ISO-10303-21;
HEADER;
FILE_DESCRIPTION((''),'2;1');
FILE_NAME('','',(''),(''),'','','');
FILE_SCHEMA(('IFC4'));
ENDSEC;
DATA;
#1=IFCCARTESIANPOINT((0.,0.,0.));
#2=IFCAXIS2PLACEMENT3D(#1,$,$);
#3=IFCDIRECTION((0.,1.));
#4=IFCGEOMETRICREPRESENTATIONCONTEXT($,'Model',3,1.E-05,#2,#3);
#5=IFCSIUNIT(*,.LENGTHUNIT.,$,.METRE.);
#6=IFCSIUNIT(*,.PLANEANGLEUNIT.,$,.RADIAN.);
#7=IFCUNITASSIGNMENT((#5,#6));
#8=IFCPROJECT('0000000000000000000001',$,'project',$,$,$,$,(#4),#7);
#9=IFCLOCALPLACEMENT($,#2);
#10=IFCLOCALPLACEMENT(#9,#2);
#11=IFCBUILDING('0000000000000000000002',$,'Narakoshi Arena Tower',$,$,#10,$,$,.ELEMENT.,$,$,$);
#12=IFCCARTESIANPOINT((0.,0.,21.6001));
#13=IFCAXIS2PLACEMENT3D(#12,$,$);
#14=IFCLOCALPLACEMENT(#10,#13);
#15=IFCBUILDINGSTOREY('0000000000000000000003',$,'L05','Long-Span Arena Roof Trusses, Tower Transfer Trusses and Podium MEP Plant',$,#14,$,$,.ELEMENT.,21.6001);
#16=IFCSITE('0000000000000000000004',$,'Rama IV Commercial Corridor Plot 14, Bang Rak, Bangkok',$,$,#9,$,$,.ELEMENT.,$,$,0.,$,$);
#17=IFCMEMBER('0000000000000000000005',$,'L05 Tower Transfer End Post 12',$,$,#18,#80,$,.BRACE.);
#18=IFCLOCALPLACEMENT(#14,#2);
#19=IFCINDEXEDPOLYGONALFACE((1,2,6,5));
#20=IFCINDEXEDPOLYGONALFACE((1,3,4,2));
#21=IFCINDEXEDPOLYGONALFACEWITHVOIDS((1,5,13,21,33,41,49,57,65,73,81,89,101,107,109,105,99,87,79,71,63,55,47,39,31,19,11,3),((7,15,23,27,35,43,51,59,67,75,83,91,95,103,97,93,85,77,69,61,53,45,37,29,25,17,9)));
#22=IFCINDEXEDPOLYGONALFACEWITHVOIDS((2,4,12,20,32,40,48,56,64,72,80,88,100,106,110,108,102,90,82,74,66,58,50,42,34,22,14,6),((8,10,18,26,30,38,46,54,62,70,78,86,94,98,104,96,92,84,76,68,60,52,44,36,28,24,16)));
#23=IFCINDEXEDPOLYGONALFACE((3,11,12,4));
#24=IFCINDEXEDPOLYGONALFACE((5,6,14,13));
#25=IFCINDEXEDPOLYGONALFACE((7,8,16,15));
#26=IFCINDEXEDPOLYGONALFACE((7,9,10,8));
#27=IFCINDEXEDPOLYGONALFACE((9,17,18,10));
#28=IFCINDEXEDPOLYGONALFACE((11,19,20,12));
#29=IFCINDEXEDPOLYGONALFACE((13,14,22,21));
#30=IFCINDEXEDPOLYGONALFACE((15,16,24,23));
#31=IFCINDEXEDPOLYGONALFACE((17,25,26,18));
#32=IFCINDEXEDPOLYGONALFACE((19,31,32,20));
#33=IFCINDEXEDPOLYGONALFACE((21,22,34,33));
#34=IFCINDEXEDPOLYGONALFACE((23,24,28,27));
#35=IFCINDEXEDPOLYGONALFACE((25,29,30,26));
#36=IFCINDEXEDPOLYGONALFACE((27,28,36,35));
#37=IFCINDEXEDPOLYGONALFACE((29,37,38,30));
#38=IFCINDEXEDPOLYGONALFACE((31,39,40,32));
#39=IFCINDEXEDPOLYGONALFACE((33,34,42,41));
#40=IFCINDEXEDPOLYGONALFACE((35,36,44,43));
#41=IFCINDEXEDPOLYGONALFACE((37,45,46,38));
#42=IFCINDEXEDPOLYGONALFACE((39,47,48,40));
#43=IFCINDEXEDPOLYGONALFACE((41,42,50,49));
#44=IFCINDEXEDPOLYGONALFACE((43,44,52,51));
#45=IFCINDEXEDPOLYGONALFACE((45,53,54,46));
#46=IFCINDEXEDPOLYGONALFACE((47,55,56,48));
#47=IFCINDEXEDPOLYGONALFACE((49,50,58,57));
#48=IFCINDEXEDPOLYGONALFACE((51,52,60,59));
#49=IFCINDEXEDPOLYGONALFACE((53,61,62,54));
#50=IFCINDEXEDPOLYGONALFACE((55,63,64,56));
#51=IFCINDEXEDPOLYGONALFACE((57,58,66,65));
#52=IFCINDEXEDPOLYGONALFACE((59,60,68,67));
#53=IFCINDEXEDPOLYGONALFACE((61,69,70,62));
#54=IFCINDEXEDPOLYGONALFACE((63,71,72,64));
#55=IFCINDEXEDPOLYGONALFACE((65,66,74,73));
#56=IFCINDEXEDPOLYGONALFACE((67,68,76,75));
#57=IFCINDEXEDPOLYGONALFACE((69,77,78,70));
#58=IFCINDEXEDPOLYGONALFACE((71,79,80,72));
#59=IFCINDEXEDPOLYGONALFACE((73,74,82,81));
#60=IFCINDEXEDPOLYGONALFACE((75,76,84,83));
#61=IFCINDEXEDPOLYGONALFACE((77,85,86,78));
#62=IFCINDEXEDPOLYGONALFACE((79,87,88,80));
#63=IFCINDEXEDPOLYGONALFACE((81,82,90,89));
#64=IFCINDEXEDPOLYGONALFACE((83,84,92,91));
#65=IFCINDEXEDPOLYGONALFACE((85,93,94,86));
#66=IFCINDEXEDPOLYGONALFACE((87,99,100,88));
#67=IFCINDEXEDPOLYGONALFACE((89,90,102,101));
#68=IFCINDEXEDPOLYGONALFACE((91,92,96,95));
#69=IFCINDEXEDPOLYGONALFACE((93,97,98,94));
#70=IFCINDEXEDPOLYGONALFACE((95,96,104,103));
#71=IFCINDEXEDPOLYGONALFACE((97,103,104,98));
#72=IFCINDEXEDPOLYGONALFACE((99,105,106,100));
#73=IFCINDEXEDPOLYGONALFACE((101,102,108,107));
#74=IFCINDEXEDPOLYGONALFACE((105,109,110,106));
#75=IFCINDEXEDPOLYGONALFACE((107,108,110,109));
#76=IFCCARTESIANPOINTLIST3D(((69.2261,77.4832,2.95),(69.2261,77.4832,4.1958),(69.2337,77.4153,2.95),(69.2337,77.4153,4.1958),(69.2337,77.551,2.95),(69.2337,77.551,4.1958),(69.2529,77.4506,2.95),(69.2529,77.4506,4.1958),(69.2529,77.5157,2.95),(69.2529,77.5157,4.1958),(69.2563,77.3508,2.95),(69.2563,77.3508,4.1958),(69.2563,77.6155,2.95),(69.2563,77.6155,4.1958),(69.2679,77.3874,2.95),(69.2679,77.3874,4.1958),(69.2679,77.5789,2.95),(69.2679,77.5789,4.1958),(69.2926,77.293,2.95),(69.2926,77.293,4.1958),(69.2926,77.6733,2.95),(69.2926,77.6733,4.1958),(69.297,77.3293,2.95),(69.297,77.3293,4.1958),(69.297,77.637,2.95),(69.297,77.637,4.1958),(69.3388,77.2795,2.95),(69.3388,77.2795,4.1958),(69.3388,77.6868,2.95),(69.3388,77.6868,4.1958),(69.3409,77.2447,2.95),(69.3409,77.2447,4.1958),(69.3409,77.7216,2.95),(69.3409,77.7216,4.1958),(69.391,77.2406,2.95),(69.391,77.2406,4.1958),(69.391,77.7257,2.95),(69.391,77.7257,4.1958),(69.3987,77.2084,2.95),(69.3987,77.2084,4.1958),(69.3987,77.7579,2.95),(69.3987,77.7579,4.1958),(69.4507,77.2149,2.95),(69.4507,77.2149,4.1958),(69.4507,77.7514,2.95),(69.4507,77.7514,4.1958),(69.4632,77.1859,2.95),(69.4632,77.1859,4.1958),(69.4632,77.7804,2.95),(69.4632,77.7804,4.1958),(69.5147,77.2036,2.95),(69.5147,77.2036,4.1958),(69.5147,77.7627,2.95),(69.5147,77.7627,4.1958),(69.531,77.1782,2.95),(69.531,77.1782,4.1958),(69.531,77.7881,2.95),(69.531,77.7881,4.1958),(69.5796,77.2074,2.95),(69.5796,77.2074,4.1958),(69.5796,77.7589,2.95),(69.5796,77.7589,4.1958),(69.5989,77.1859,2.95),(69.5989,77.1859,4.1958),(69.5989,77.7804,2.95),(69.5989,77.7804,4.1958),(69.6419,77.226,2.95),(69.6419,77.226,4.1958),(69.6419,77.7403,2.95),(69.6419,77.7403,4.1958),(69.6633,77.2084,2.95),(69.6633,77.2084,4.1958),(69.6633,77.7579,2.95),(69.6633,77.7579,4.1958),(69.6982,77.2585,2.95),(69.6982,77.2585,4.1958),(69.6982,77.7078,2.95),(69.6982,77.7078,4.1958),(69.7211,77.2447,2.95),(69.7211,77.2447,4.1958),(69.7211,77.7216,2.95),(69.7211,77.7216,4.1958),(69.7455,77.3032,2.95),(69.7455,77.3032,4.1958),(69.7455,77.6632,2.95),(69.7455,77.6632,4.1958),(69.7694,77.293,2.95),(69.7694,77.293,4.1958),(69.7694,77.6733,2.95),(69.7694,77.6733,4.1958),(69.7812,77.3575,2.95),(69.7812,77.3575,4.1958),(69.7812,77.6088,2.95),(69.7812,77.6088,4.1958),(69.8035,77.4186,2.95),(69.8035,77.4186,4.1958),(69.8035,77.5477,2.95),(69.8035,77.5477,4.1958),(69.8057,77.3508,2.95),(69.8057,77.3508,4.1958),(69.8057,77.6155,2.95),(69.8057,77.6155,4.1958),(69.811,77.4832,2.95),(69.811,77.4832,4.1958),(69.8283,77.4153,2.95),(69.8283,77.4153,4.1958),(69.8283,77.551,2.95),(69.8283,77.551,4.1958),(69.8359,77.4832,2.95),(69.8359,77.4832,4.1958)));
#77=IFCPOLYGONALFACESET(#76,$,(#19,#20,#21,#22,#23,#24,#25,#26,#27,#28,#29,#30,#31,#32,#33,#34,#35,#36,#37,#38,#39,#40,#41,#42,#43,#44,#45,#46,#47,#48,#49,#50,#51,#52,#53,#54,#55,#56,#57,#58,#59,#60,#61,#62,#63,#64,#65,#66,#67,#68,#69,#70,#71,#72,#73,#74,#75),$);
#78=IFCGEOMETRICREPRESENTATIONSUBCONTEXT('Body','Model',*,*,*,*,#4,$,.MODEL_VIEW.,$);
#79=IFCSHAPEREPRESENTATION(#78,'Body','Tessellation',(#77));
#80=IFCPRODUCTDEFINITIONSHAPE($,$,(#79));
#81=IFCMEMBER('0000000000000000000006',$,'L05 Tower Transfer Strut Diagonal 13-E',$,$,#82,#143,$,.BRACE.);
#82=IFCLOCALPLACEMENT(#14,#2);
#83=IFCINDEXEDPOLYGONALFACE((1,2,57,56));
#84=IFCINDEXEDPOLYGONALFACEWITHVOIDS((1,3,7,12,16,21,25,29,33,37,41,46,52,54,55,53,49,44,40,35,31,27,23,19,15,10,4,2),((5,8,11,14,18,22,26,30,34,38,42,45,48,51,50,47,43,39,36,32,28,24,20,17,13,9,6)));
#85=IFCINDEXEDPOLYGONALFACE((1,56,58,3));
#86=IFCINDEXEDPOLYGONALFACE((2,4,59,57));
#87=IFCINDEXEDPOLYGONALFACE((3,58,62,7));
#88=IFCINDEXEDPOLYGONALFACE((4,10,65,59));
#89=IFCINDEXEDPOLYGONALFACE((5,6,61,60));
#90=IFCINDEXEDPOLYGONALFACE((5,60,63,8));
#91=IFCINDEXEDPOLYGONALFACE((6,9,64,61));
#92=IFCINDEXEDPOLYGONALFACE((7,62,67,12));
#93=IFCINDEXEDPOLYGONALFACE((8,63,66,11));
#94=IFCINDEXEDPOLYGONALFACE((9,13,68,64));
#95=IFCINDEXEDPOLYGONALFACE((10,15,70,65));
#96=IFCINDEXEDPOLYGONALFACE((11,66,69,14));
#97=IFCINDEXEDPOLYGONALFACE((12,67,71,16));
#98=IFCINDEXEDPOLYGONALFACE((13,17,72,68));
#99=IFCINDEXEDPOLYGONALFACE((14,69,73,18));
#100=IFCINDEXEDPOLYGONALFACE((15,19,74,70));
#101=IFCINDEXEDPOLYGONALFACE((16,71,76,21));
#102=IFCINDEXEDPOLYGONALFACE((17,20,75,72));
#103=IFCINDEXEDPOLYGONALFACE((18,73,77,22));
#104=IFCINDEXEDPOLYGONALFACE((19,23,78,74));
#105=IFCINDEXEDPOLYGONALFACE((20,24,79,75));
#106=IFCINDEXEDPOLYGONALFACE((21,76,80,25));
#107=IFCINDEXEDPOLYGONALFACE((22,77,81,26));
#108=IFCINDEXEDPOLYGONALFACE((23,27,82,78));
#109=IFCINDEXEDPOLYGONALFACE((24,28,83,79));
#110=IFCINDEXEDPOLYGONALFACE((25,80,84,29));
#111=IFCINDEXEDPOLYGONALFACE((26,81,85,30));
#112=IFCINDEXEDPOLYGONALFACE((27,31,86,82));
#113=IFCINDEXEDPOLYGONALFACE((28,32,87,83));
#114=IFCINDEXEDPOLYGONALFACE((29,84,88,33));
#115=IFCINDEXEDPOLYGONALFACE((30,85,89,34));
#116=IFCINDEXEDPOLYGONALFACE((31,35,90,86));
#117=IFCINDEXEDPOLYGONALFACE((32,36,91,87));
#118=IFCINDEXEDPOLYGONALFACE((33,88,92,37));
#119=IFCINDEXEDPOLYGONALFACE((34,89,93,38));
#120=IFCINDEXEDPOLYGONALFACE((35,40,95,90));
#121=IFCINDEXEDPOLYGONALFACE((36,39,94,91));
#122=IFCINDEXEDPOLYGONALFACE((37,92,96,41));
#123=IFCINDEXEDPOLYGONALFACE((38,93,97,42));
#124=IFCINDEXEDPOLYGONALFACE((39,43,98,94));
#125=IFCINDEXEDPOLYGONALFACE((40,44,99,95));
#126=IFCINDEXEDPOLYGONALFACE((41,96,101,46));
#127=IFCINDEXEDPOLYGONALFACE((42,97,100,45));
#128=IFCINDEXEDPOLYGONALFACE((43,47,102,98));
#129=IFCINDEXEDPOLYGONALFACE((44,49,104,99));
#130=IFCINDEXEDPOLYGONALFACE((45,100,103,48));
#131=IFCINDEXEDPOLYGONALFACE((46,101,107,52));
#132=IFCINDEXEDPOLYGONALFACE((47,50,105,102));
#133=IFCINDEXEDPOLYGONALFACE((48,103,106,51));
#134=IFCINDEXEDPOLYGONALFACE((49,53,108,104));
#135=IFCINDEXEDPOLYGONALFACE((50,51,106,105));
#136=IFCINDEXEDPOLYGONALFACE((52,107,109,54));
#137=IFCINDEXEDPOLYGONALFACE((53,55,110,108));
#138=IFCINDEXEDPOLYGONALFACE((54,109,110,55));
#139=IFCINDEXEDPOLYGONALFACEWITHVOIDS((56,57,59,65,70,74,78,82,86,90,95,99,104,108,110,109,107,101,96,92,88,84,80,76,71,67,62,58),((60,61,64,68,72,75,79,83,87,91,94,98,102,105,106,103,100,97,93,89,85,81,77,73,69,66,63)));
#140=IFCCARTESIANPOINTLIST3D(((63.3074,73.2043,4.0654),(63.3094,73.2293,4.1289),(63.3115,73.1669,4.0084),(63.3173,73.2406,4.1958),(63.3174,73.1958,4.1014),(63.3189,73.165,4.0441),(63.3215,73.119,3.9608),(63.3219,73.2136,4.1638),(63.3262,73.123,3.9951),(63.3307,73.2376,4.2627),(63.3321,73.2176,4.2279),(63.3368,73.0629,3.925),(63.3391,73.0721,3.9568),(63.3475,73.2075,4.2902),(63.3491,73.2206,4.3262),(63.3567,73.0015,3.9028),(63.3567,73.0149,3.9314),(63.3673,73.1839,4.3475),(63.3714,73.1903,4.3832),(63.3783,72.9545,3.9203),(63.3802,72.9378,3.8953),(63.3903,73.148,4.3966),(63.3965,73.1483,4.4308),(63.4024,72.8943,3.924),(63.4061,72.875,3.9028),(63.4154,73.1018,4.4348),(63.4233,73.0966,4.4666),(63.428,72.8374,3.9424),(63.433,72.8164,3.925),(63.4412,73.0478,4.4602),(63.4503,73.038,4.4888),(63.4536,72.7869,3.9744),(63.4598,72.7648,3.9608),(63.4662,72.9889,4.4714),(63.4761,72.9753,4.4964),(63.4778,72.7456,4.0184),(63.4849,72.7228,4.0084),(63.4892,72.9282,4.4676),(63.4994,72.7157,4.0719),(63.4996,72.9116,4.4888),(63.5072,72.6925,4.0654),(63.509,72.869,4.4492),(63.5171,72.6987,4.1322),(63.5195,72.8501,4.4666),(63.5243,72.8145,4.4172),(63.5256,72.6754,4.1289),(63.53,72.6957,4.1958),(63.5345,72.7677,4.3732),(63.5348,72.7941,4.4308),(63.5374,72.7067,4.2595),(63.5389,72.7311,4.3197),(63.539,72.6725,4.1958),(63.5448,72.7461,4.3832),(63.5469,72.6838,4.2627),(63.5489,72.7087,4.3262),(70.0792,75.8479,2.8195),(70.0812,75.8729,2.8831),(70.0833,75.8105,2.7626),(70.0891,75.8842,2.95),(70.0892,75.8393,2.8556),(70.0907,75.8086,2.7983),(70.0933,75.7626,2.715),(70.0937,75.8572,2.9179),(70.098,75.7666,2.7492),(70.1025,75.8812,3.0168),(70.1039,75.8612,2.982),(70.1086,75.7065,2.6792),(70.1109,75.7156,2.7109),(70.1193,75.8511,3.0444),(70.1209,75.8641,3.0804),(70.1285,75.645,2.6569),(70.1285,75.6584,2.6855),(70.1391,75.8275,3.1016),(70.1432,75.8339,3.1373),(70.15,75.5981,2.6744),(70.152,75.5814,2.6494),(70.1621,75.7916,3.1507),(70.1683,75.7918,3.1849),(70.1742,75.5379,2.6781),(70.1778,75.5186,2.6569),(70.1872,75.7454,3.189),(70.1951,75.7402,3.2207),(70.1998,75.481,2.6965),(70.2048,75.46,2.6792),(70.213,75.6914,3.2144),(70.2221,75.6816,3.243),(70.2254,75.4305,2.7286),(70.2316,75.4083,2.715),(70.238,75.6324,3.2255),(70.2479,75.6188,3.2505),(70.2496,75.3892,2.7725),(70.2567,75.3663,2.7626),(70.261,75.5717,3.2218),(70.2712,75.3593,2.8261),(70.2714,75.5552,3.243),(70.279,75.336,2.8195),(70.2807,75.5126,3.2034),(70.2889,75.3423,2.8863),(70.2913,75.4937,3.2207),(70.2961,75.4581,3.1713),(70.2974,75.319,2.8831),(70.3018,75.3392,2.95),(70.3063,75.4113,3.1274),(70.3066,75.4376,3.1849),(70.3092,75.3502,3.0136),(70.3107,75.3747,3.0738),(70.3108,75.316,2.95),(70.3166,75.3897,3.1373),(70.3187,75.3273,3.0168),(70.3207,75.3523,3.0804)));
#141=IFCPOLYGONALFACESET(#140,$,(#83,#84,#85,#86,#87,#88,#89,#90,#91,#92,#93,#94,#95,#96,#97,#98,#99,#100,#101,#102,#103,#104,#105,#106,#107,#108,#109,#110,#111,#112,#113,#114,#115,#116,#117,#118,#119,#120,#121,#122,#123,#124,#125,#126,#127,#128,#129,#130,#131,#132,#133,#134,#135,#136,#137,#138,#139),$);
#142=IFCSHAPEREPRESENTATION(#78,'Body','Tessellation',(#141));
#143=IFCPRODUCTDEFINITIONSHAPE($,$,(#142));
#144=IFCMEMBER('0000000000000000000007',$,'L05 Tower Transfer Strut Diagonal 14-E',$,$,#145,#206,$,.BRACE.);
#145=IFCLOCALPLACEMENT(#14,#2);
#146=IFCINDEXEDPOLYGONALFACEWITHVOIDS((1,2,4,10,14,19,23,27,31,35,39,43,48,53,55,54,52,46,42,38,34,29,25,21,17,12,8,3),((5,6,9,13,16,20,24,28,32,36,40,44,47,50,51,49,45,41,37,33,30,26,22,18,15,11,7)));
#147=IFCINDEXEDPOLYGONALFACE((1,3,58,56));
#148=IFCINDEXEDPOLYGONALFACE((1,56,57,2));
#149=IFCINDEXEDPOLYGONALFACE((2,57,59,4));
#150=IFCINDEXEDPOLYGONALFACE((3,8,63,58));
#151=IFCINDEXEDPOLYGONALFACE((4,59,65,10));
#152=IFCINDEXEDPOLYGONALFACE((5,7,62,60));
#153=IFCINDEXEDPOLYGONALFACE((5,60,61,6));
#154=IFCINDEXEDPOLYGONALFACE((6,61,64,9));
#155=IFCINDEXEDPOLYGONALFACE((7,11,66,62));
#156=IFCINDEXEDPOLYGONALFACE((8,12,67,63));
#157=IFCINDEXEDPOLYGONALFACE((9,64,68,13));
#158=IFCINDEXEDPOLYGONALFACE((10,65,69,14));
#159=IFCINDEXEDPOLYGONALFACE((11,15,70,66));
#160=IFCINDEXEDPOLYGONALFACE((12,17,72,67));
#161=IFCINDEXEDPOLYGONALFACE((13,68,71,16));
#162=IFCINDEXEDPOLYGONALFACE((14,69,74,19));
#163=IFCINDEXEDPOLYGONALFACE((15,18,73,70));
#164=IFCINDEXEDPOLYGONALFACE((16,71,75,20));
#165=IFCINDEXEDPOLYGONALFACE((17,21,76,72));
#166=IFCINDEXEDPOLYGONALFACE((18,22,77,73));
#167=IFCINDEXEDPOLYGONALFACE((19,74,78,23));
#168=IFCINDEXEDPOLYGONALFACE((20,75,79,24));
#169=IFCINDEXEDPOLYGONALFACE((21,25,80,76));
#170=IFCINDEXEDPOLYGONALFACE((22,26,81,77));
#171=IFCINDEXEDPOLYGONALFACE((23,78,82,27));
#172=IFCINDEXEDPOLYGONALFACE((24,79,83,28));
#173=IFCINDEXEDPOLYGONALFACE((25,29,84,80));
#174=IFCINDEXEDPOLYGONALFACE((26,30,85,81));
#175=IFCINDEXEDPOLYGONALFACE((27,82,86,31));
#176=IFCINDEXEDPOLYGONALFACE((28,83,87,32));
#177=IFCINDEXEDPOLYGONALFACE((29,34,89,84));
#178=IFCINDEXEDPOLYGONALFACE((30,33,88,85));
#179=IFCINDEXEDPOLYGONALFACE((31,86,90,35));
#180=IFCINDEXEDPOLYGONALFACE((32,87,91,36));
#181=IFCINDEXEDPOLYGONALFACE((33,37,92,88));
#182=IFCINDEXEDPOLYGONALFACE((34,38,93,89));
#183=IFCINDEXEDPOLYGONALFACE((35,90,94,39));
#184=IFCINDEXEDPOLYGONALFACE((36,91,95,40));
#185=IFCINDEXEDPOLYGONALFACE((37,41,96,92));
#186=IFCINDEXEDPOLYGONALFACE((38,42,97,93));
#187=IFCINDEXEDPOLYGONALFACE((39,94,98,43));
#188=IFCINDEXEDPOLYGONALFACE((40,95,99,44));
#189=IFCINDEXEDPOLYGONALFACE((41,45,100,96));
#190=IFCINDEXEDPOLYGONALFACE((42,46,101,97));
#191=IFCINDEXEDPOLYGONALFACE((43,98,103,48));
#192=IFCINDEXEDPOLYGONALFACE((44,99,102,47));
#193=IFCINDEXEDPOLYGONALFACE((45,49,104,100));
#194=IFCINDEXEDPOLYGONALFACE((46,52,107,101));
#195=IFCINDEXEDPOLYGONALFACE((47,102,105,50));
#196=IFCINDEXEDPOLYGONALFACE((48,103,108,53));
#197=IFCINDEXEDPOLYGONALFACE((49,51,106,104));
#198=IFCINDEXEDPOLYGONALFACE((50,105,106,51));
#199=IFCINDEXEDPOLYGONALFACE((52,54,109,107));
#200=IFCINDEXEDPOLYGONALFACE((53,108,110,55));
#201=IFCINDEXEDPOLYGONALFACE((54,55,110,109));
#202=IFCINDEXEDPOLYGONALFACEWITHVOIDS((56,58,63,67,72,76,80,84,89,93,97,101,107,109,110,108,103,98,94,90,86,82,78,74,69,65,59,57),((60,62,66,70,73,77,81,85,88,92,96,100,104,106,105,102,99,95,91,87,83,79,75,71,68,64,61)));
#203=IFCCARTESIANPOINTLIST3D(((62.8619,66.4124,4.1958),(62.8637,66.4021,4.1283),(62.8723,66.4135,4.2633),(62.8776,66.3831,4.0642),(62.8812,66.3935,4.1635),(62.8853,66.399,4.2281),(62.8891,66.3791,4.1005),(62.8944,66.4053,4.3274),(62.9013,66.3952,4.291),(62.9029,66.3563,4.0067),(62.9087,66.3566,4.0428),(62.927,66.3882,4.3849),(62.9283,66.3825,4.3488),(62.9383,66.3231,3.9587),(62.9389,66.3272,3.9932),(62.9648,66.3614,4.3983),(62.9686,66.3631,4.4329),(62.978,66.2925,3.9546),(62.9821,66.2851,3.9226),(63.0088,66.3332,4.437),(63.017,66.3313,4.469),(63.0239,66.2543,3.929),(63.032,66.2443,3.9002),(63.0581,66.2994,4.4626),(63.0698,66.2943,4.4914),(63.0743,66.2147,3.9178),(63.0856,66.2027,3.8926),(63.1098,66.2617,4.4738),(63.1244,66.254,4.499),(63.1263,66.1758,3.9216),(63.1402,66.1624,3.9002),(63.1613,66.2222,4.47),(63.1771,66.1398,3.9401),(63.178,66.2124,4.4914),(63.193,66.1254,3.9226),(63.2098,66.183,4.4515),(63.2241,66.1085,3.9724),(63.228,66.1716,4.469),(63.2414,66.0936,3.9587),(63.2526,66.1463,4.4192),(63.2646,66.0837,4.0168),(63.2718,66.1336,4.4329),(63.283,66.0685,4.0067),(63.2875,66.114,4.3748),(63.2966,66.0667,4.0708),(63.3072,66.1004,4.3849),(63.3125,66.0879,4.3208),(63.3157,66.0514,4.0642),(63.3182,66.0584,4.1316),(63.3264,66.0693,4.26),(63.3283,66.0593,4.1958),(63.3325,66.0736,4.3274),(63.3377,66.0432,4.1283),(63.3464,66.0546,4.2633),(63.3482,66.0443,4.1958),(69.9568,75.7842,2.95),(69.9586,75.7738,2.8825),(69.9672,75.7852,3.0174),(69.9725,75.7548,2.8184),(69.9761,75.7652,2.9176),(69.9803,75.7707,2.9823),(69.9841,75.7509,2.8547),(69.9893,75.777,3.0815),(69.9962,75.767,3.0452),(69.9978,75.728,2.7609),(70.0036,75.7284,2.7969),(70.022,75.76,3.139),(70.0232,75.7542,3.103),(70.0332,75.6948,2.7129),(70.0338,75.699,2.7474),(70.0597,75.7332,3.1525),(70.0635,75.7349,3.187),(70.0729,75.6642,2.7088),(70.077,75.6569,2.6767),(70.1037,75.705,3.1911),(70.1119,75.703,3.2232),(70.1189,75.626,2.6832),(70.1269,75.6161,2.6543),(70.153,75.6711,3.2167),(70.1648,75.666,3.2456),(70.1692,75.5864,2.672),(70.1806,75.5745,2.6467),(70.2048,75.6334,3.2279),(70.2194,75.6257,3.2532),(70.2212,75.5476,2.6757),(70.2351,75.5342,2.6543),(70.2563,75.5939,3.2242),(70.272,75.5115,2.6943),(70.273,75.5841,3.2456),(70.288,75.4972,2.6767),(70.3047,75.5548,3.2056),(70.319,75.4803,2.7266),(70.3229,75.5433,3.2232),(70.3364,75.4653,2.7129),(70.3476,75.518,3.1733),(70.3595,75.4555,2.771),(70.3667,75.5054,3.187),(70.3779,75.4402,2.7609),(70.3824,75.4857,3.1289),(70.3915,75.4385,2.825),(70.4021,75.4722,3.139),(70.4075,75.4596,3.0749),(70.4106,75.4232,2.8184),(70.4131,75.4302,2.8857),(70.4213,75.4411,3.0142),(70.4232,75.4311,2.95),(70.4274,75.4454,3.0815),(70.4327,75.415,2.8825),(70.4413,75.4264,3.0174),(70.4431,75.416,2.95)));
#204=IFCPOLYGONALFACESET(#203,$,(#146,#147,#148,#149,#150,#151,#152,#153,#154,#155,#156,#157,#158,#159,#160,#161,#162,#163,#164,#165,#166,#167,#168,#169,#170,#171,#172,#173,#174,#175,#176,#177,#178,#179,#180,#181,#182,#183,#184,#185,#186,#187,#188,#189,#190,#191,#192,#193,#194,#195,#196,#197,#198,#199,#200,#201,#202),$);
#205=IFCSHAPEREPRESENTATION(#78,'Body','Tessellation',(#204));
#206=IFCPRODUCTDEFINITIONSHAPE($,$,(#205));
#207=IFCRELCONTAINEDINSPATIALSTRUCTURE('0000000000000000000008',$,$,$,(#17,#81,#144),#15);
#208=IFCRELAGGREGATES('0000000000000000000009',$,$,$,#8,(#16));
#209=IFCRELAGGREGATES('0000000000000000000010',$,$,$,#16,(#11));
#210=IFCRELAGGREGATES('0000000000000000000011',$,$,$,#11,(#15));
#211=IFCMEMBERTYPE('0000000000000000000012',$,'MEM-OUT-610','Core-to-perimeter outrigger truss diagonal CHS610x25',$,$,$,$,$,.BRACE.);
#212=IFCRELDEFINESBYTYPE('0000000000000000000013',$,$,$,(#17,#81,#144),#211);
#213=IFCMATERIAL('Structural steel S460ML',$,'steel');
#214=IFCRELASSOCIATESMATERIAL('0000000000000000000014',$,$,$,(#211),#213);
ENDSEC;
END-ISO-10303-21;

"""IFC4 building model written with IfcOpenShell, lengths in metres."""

from ifc_helpers import new_model, si_unit, direction, frame, origin, origin_2d, place, context, subcontext, project, spatial, hollow_circle, extrude, material, material_profile, profile_set, type_object, element, save


model = new_model("IFC4")

# Units and contexts
model_context = context("Model", 3, precision=1e-05, world=origin(), true_north=direction((0.0, 1.0)))
body_context = subcontext(model_context, "Body", "Model", "MODEL_VIEW")
ifc_project = project(units=[si_unit("LENGTHUNIT", "METRE"), si_unit("PLANEANGLEUNIT", "RADIAN")], contexts=[model_context])

# Site, building, storey
site_placement = place(None, origin())
site = spatial("IfcSite", under=ifc_project, at=site_placement, Name="Rama IV Commercial Corridor Plot 14, Bang Rak, Bangkok", CompositionType="ELEMENT", RefElevation=0.0)
building_placement = place(site_placement, origin())
building = spatial("IfcBuilding", under=site, at=building_placement, Name="Narakoshi Arena Tower", CompositionType="ELEMENT")
storey_placement = place(building_placement, frame((0.0, 0.0, 21.6001)))
storey = spatial("IfcBuildingStorey", under=building, at=storey_placement, Name="L05", Description="Long-Span Arena Roof Trusses, Tower Transfer Trusses and Podium MEP Plant", CompositionType="ELEMENT", Elevation=21.6001)

# Shared definitions
ifc_material_1 = material(Name="Structural steel S460ML", Category="steel")

# Members
ifc_material_profile_1 = material_profile(ifc_material_1, hollow_circle(Radius=0.3049, WallThickness=0.0249, at=origin_2d()), Name="CHS610x25")
ifc_profile_set_1 = profile_set([ifc_material_profile_1], Name="Structural steel S460ML")
member_type = type_object("IfcMemberType", Name="MEM-OUT-610", Description="Core-to-perimeter outrigger truss diagonal CHS610x25", PredefinedType="BRACE", material=ifc_profile_set_1)
member_1_placement = place(storey_placement, frame((69.531, 77.4832, 2.95), z_axis=(0.0, 0.0, 1.0), x_axis=(1.0, 0.0, 0.0)))
element("IfcMember", 1, at=member_1_placement, inside=storey, type_object=member_type, Name="L05 Tower Transfer End Post 12", PredefinedType="BRACE", context=body_context, shape_type="SweptSolid", body=[
    extrude(hollow_circle(Radius=0.3049, WallThickness=0.0249, at=origin_2d()), origin(), (0.0, 0.0, 1.0), 1.2458),
])
member_2_placement = place(storey_placement, frame((70.2, 75.6001, 2.95), z_axis=(-0.918148, -0.358428, 0.168919), x_axis=(0.363653, -0.931534, 0.0)))
element("IfcMember", 2, at=member_2_placement, inside=storey, type_object=member_type, Name="L05 Tower Transfer Strut Diagonal 13-E", PredefinedType="BRACE", context=body_context, shape_type="SweptSolid", body=[
    extrude(hollow_circle(Radius=0.3049, WallThickness=0.0249, at=origin_2d()), origin(), (0.0, 0.0, 1.0), 7.3755),
])
member_3_placement = place(storey_placement, frame((70.2, 75.6001, 2.95), z_axis=(-0.600231, -0.792852, 0.105398), x_axis=(0.797293, -0.603593, 0.0)))
element("IfcMember", 3, at=member_3_placement, inside=storey, type_object=member_type, Name="L05 Tower Transfer Strut Diagonal 14-E", PredefinedType="BRACE", context=body_context, shape_type="SweptSolid", body=[
    extrude(hollow_circle(Radius=0.3049, WallThickness=0.0249, at=origin_2d()), origin(), (0.0, 0.0, 1.0), 11.8203),
])

save(model, "model.ifc")
